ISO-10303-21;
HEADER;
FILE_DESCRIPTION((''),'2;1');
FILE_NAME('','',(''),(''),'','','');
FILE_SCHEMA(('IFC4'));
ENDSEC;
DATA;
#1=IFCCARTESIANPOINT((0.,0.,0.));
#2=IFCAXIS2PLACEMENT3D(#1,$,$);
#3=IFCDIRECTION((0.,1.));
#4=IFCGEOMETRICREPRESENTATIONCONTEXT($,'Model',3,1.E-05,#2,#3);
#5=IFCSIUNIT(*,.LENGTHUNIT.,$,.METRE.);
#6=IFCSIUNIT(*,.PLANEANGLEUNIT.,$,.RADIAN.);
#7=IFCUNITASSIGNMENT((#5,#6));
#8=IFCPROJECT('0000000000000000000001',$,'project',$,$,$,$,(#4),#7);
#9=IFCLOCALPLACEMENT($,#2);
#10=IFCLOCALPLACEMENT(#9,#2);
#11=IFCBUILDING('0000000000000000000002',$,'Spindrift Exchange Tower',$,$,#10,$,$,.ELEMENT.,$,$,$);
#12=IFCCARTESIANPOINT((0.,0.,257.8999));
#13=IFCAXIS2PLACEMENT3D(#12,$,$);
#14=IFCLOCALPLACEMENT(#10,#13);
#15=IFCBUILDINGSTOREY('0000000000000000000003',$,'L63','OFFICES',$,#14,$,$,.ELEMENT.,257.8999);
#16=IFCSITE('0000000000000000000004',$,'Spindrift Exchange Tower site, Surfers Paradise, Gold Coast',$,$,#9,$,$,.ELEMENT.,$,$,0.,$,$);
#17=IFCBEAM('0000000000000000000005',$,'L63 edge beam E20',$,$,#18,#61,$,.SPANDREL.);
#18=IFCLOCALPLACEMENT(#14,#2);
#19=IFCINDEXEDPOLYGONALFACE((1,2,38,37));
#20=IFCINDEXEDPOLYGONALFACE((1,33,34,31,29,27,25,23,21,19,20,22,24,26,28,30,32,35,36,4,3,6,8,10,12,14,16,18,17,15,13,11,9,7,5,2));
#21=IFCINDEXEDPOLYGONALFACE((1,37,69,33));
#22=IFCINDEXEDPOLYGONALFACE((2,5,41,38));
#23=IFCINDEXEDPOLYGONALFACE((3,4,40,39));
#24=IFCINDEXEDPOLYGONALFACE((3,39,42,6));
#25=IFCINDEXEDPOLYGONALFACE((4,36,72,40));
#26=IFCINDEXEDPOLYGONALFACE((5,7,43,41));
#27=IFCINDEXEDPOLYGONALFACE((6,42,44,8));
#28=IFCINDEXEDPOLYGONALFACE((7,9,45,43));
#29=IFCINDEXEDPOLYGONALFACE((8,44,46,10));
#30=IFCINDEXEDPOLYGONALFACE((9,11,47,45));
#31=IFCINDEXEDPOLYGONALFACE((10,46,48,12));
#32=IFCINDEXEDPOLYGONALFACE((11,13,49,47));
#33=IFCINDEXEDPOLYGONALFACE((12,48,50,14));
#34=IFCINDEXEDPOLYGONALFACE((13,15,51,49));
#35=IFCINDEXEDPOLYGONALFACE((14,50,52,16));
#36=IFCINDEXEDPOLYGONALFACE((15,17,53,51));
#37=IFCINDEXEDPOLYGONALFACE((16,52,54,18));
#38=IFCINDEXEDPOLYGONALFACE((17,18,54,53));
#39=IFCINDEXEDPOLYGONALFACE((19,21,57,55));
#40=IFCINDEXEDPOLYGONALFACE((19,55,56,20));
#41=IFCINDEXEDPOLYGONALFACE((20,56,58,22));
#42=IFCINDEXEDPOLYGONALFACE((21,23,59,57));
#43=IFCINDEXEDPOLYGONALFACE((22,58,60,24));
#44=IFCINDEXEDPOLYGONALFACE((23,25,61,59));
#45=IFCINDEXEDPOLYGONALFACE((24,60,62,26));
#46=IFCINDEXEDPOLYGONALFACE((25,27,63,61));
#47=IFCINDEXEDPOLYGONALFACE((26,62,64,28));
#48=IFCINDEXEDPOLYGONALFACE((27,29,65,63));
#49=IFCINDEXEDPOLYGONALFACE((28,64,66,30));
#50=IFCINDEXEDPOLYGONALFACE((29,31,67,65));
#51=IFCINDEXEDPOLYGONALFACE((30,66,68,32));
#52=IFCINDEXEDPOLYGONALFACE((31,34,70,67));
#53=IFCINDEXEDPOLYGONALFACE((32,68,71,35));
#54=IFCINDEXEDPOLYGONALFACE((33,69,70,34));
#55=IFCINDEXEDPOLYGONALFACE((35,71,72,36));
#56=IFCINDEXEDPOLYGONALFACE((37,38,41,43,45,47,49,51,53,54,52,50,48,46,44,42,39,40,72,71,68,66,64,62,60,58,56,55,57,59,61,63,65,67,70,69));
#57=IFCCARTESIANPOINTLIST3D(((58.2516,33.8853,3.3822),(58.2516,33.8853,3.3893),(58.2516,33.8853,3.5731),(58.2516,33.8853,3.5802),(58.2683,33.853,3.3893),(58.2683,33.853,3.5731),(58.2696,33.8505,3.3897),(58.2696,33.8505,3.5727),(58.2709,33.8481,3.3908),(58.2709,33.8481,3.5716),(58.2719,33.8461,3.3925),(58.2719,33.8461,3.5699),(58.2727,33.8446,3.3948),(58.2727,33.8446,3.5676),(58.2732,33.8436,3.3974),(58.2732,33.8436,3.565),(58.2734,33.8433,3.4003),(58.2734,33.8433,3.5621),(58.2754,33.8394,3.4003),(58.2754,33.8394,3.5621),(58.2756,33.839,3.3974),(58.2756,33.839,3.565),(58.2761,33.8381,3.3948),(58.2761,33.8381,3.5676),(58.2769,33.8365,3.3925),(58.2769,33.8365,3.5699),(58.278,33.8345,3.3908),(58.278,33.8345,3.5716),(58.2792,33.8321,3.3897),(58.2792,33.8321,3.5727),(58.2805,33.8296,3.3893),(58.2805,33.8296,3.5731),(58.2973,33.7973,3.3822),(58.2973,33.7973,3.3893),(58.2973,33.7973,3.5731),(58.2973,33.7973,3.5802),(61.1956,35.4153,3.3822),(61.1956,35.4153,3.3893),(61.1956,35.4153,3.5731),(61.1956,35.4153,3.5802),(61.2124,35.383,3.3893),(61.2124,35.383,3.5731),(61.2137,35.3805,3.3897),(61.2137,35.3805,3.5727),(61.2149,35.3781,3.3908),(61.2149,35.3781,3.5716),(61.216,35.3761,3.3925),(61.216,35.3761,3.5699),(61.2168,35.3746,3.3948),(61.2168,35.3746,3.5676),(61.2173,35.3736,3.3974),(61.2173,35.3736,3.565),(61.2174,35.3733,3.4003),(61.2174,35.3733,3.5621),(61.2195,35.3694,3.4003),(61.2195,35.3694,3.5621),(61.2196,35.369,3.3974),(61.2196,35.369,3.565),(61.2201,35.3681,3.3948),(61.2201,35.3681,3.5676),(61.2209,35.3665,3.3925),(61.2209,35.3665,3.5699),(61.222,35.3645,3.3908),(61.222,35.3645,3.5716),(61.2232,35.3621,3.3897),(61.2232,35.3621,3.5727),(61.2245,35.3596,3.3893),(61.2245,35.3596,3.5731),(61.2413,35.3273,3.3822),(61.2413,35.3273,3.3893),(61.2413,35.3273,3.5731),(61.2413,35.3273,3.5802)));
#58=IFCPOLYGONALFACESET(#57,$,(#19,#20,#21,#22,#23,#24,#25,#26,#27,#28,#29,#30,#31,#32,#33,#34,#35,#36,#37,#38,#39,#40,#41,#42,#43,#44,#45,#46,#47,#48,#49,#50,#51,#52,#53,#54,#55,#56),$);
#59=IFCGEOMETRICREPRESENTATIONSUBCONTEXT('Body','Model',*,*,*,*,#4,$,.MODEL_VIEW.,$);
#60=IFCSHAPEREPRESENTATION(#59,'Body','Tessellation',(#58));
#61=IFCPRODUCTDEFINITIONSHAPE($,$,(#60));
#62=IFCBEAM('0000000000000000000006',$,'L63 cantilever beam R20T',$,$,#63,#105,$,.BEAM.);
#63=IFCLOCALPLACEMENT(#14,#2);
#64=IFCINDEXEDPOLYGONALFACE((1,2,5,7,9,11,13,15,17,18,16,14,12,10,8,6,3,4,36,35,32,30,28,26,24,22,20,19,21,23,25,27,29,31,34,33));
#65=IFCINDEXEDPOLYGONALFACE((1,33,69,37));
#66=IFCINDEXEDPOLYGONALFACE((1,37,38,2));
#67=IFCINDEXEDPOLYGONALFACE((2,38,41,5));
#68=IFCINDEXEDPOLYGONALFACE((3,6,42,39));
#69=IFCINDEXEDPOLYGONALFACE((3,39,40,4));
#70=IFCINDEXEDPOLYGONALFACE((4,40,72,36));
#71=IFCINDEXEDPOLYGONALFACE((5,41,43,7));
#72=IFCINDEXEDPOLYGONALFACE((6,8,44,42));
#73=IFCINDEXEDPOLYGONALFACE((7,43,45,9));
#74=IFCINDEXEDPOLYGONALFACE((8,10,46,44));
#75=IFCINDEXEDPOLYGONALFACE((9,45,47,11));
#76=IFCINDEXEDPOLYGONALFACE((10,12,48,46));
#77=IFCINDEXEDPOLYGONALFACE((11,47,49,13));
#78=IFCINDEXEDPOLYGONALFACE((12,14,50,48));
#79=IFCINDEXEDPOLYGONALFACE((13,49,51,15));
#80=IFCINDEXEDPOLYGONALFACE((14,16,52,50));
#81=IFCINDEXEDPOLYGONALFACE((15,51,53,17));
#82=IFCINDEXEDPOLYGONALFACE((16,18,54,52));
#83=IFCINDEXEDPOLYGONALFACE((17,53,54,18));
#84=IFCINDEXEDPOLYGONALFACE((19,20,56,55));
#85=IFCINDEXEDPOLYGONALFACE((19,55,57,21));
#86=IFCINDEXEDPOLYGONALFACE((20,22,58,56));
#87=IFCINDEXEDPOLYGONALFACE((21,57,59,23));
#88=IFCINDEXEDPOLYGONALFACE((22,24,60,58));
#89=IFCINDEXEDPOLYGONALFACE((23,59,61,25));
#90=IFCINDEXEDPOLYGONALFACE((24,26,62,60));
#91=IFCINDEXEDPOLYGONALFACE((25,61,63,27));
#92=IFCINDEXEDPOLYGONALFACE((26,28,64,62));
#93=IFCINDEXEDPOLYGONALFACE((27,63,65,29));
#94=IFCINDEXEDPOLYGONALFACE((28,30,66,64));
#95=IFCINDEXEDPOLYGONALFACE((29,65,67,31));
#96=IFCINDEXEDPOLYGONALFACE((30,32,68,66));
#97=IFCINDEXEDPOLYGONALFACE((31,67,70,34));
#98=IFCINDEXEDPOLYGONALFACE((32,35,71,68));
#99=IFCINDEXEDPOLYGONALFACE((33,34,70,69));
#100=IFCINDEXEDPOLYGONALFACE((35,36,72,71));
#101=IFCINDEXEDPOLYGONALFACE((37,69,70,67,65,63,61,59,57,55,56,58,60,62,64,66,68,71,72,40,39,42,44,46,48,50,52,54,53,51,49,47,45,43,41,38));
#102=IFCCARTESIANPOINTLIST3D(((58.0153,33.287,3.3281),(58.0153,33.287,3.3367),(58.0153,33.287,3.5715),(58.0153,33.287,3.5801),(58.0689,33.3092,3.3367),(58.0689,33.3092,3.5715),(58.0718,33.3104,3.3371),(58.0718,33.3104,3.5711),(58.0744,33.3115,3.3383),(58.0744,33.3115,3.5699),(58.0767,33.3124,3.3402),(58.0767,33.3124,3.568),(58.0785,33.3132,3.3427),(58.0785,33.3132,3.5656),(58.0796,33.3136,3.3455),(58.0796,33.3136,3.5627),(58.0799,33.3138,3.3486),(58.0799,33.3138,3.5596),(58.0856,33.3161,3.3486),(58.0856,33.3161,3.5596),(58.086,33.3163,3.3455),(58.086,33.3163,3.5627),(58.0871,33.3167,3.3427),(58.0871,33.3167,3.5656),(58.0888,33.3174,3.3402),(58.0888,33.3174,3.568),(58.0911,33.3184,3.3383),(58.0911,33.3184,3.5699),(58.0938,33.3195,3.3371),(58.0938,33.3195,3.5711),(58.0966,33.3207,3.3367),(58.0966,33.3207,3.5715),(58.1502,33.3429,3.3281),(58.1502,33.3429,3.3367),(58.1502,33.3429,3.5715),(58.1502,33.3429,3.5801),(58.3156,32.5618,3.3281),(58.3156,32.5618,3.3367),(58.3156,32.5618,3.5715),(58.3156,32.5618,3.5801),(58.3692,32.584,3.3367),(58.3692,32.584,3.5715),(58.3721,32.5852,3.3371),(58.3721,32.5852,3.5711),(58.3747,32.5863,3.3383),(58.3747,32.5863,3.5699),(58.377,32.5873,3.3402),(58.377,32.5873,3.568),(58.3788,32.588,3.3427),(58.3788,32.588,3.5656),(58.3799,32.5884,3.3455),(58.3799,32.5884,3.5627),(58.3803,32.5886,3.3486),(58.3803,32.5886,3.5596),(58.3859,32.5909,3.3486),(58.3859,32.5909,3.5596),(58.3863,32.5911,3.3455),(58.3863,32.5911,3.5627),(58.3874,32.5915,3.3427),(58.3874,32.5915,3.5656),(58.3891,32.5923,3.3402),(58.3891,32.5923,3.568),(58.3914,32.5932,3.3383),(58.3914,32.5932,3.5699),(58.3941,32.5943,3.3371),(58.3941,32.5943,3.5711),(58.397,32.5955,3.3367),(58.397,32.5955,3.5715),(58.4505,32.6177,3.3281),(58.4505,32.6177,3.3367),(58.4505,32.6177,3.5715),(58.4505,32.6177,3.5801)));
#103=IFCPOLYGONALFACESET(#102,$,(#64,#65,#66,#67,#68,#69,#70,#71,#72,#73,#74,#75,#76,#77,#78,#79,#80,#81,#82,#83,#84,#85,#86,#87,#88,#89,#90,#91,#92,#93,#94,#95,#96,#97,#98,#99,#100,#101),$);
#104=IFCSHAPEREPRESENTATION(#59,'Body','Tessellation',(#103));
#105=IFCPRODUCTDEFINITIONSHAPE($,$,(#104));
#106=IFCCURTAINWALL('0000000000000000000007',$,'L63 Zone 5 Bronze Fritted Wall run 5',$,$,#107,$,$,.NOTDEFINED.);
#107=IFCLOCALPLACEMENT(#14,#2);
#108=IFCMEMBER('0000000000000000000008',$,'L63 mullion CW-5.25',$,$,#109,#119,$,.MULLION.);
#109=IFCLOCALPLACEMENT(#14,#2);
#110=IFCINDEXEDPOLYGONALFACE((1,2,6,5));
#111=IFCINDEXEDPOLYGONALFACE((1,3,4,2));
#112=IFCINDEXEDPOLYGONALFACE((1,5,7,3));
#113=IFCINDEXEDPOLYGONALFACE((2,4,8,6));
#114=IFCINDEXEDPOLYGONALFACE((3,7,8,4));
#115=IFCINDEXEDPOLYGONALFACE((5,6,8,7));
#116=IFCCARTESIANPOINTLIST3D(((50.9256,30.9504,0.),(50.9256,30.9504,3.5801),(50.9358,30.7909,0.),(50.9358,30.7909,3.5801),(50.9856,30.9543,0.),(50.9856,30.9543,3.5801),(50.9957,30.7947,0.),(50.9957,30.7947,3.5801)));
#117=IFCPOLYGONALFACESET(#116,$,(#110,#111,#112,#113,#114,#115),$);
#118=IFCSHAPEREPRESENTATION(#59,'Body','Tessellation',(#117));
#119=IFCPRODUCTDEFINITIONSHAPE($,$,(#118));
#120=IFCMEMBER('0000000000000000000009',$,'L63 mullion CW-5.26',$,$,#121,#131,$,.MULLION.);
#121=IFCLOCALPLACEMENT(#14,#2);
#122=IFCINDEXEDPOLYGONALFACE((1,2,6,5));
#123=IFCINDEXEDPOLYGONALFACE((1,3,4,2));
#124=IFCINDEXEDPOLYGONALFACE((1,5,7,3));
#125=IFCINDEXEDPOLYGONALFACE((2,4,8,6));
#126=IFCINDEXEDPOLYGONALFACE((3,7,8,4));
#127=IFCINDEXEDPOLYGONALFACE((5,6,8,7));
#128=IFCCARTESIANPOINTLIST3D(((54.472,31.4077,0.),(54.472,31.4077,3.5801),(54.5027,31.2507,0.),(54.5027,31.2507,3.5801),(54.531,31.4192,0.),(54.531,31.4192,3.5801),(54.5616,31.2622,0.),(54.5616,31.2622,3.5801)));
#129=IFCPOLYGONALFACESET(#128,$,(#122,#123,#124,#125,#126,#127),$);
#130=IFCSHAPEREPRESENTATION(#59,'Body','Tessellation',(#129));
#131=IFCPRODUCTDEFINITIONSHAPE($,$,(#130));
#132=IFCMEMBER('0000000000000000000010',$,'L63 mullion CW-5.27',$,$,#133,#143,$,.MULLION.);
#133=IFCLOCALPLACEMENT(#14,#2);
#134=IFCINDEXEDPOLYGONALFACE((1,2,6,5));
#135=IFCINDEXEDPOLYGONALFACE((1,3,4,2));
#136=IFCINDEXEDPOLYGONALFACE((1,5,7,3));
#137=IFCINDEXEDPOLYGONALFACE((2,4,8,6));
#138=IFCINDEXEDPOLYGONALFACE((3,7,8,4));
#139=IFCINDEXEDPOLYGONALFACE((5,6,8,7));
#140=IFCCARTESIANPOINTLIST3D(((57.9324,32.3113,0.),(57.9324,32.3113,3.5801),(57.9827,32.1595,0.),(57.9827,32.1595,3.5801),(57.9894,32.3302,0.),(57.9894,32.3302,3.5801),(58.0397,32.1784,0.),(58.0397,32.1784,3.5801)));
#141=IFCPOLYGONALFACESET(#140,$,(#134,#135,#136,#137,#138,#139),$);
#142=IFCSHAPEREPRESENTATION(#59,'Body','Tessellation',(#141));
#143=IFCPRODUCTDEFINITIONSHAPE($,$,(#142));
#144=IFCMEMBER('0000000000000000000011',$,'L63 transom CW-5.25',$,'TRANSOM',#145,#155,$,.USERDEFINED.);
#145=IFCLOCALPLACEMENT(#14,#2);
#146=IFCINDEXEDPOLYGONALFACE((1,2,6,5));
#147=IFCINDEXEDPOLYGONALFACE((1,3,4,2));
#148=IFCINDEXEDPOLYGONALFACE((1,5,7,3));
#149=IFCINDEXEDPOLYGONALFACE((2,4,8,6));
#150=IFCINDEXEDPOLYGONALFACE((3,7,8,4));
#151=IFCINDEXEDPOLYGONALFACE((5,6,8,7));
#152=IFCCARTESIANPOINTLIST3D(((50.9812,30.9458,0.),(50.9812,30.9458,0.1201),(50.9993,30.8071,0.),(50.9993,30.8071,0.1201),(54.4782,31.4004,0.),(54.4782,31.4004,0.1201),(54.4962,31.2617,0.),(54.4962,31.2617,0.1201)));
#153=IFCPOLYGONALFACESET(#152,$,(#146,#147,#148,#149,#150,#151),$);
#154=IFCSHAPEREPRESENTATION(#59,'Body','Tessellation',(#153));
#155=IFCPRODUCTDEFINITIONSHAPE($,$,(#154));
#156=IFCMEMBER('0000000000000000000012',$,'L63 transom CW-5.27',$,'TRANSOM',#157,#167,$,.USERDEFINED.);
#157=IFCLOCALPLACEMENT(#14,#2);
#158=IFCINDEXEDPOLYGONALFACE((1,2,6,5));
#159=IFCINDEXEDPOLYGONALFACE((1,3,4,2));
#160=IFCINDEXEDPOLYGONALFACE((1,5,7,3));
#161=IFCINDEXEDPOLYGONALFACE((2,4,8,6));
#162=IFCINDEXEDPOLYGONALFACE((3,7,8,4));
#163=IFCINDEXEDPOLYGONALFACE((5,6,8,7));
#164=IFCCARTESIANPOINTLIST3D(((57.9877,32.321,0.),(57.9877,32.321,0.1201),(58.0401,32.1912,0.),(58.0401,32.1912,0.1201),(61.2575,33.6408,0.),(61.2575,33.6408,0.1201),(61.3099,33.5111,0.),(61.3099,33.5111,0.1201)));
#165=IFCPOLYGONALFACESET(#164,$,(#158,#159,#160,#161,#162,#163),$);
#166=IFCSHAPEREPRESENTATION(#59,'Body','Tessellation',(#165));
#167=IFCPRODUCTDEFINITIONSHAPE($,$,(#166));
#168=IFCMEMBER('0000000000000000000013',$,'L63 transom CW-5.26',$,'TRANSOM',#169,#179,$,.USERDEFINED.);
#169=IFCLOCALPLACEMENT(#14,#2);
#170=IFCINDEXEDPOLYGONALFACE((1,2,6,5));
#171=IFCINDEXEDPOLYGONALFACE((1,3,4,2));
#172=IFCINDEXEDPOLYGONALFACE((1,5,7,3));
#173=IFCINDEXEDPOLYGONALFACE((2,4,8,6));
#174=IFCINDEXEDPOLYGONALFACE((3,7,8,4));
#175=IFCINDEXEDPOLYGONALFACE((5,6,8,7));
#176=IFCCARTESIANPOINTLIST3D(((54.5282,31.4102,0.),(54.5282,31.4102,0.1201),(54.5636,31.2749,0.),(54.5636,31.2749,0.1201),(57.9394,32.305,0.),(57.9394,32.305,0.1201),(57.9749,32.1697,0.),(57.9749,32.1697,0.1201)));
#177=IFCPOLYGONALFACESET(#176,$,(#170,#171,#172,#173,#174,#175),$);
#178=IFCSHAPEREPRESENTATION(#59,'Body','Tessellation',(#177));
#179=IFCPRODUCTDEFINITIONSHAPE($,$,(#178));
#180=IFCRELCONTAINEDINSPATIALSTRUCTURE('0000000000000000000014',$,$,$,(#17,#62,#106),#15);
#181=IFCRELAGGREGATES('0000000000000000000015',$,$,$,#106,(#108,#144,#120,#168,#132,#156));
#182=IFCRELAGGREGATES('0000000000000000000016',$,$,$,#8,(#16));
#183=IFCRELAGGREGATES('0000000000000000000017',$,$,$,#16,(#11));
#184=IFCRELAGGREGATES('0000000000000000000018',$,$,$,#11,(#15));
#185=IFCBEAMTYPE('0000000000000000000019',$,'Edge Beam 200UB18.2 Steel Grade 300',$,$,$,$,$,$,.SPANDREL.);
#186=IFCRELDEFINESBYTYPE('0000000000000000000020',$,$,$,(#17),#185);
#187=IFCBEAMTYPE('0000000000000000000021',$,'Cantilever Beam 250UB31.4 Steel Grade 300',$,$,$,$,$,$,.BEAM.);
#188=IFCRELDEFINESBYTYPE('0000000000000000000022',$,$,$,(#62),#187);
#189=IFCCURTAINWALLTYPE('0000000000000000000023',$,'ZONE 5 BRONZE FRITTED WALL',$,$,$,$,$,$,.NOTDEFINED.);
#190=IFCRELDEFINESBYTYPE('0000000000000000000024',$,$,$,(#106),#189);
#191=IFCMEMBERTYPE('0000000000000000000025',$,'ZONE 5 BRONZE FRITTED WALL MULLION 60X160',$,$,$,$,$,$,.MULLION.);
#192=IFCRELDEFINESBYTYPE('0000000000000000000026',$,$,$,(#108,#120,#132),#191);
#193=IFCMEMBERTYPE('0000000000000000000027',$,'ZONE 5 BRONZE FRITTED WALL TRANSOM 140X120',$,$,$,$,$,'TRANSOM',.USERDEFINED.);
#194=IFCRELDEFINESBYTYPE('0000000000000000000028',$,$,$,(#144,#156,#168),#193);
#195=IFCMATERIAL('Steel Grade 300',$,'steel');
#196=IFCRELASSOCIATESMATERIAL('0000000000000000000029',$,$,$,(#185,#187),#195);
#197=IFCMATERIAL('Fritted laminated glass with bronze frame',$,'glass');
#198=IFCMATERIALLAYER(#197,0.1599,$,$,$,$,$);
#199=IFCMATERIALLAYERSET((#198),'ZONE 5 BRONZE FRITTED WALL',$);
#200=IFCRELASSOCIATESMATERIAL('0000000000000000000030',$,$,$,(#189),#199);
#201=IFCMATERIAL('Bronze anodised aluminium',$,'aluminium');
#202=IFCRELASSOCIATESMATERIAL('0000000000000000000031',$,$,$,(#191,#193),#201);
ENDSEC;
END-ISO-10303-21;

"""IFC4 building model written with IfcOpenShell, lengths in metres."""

from ifc_helpers import new_model, si_unit, direction, frame, origin, origin_2d, place, context, subcontext, project, spatial, rectangle, i_section, extrude, source, transform, mapped, material, layer, layer_set, material_profile, profile_set, type_object, element, aggregate, save


model = new_model("IFC4")

# Units and contexts
model_context = context("Model", 3, precision=1e-05, world=origin(), true_north=direction((0.0, 1.0)))
body_context = subcontext(model_context, "Body", "Model", "MODEL_VIEW")
ifc_project = project(units=[si_unit("LENGTHUNIT", "METRE"), si_unit("PLANEANGLEUNIT", "RADIAN")], contexts=[model_context])

# Site, building, storey
site_placement = place(None, origin())
site = spatial("IfcSite", under=ifc_project, at=site_placement, Name="Spindrift Exchange Tower site, Surfers Paradise, Gold Coast", CompositionType="ELEMENT", RefElevation=0.0)
building_placement = place(site_placement, origin())
building = spatial("IfcBuilding", under=site, at=building_placement, Name="Spindrift Exchange Tower", CompositionType="ELEMENT")
storey_placement = place(building_placement, frame((0.0, 0.0, 257.8999)))
storey = spatial("IfcBuildingStorey", under=building, at=storey_placement, Name="L63", Description="OFFICES", CompositionType="ELEMENT", Elevation=257.8999)

# Beams
ifc_material_1 = material(Name="Steel Grade 300", Category="steel")
ifc_material_profile_1 = material_profile(ifc_material_1, i_section(OverallWidth=0.0991, OverallDepth=0.198, WebThickness=0.0044, FlangeThickness=0.0071, FilletRadius=0.011, at=origin_2d()), Name="200UB18.2")
ifc_profile_set_1 = profile_set([ifc_material_profile_1], Name="Steel Grade 300")
beam_type_1 = type_object("IfcBeamType", Name="Edge Beam 200UB18.2 Steel Grade 300", PredefinedType="SPANDREL", material=ifc_profile_set_1)
shared_shape_1 = source(origin(), body_context, "Body", "SweptSolid", [
    extrude(i_section(OverallWidth=0.0991, OverallDepth=0.198, WebThickness=0.0044, FlangeThickness=0.0071, FilletRadius=0.011, at=origin_2d()), origin(), (0.0, 0.0, 1.0), 3.3179),
])
beam_1_placement = place(storey_placement, frame((58.2744, 33.8413, 3.4812), z_axis=(0.887328, 0.46114, 0.0), x_axis=(-0.46114, 0.887328, 0.0)))
element("IfcBeam", 1, at=beam_1_placement, inside=storey, type_object=beam_type_1, Name="L63 edge beam E20", PredefinedType="SPANDREL", context=body_context, shape_type="MappedRepresentation", body=[
    mapped(shared_shape_1, transform((0.0, 0.0, 0.0), scale=1.0)),
])
ifc_material_profile_2 = material_profile(ifc_material_1, i_section(OverallWidth=0.146, OverallDepth=0.252, WebThickness=0.0061, FlangeThickness=0.0085, FilletRadius=0.012, at=origin_2d()), Name="250UB31.4")
ifc_profile_set_2 = profile_set([ifc_material_profile_2], Name="Steel Grade 300")
beam_type_2 = type_object("IfcBeamType", Name="Cantilever Beam 250UB31.4 Steel Grade 300", PredefinedType="BEAM", material=ifc_profile_set_2)
shared_shape_2 = source(origin(), body_context, "Body", "SweptSolid", [
    extrude(i_section(OverallWidth=0.146, OverallDepth=0.252, WebThickness=0.0061, FlangeThickness=0.0085, FilletRadius=0.012, at=origin_2d()), origin(), (0.0, 0.0, 1.0), 0.7849),
])
beam_2_placement = place(storey_placement, frame((58.0828, 33.3149, 3.4541), z_axis=(0.382627, -0.923903, 0.0), x_axis=(0.923903, 0.382627, 0.0)))
element("IfcBeam", 2, at=beam_2_placement, inside=storey, type_object=beam_type_2, Name="L63 cantilever beam R20T", PredefinedType="BEAM", context=body_context, shape_type="MappedRepresentation", body=[
    mapped(shared_shape_2, transform((0.0, 0.0, 0.0), scale=1.0)),
])

# Curtain wall, members
ifc_material_2 = material(Name="Fritted laminated glass with bronze frame", Category="glass")
ifc_layer_1 = layer(ifc_material_2, 0.1599)
ifc_layer_set_1 = layer_set([ifc_layer_1], Name="ZONE 5 BRONZE FRITTED WALL")
curtain_wall_type = type_object("IfcCurtainWallType", Name="ZONE 5 BRONZE FRITTED WALL", PredefinedType="NOTDEFINED", material=ifc_layer_set_1)
curtain_wall_placement = place(storey_placement, origin())
curtain_wall = element("IfcCurtainWall", 3, at=curtain_wall_placement, inside=storey, type_object=curtain_wall_type, Name="L63 Zone 5 Bronze Fritted Wall run 5", PredefinedType="NOTDEFINED")
ifc_material_3 = material(Name="Bronze anodised aluminium", Category="aluminium")
ifc_material_profile_3 = material_profile(ifc_material_3, rectangle(XDim=0.0601, YDim=0.1599, at=origin_2d()), Name="ZONE 5 BRONZE FRITTED WALL MULLION 60X160")
ifc_profile_set_3 = profile_set([ifc_material_profile_3], Name="Bronze anodised aluminium")
member_type_1 = type_object("IfcMemberType", Name="ZONE 5 BRONZE FRITTED WALL MULLION 60X160", PredefinedType="MULLION", material=ifc_profile_set_3)
shared_shape_3 = source(origin(), body_context, "Body", "SweptSolid", [
    extrude(rectangle(XDim=0.0601, YDim=0.1599, at=origin_2d()), origin(), (0.0, 0.0, 1.0), 3.5801),
])
member_1_placement = place(storey_placement, frame((50.9607, 30.8726, 0.0), z_axis=(0.0, 0.0, 1.0), x_axis=(0.997978, 0.06356, 0.0)))
member_1 = element("IfcMember", 4, at=member_1_placement, type_object=member_type_1, Name="L63 mullion CW-5.25", PredefinedType="MULLION", context=body_context, shape_type="MappedRepresentation", body=[
    mapped(shared_shape_3, transform((0.0, 0.0, 0.0), scale=1.0)),
])
member_2_placement = place(storey_placement, frame((54.5168, 31.335, 0.0), z_axis=(0.0, 0.0, 1.0), x_axis=(0.981452, 0.191709, 0.0)))
member_2 = element("IfcMember", 5, at=member_2_placement, type_object=member_type_1, Name="L63 mullion CW-5.26", PredefinedType="MULLION", context=body_context, shape_type="MappedRepresentation", body=[
    mapped(shared_shape_3, transform((0.0, 0.0, 0.0), scale=1.0)),
])
member_3_placement = place(storey_placement, frame((57.9861, 32.2449, 0.0), z_axis=(0.0, 0.0, 1.0), x_axis=(0.949212, 0.314636, 0.0)))
member_3 = element("IfcMember", 6, at=member_3_placement, type_object=member_type_1, Name="L63 mullion CW-5.27", PredefinedType="MULLION", context=body_context, shape_type="MappedRepresentation", body=[
    mapped(shared_shape_3, transform((0.0, 0.0, 0.0), scale=1.0)),
])
ifc_material_profile_4 = material_profile(ifc_material_3, rectangle(XDim=0.1399, YDim=0.1201, at=origin_2d()), Name="ZONE 5 BRONZE FRITTED WALL TRANSOM 140X120")
ifc_profile_set_4 = profile_set([ifc_material_profile_4], Name="Bronze anodised aluminium")
member_type_2 = type_object("IfcMemberType", Name="ZONE 5 BRONZE FRITTED WALL TRANSOM 140X120", ElementType="TRANSOM", PredefinedType="USERDEFINED", material=ifc_profile_set_4)
shared_shape_4 = source(origin(), body_context, "Body", "SweptSolid", [
    extrude(rectangle(XDim=0.1399, YDim=0.1201, at=origin_2d()), origin(), (0.0, 0.0, 1.0), 3.5264),
])
member_4_placement = place(storey_placement, frame((50.9902, 30.8765, 0.0601), z_axis=(0.991656, 0.128916, 0.0), x_axis=(-0.128916, 0.991656, 0.0)))
member_4 = element("IfcMember", 7, at=member_4_placement, type_object=member_type_2, Name="L63 transom CW-5.25", ObjectType="TRANSOM", PredefinedType="USERDEFINED", context=body_context, shape_type="MappedRepresentation", body=[
    mapped(shared_shape_4, transform((0.0, 0.0, 0.0), scale=1.0)),
])
shared_shape_5 = source(origin(), body_context, "Body", "SweptSolid", [
    extrude(rectangle(XDim=0.1399, YDim=0.1201, at=origin_2d()), origin(), (0.0, 0.0, 1.0), 3.5261),
])
member_5_placement = place(storey_placement, frame((58.0139, 32.2561, 0.0601), z_axis=(0.927307, 0.374302, 0.0), x_axis=(-0.374302, 0.927307, 0.0)))
member_5 = element("IfcMember", 8, at=member_5_placement, type_object=member_type_2, Name="L63 transom CW-5.27", ObjectType="TRANSOM", PredefinedType="USERDEFINED", context=body_context, shape_type="MappedRepresentation", body=[
    mapped(shared_shape_5, transform((0.0, 0.0, 0.0), scale=1.0)),
])
shared_shape_6 = source(origin(), body_context, "Body", "SweptSolid", [
    extrude(rectangle(XDim=0.1399, YDim=0.1201, at=origin_2d()), origin(), (0.0, 0.0, 1.0), 3.5266),
])
member_6_placement = place(storey_placement, frame((54.5459, 31.3425, 0.0601), z_axis=(0.967276, 0.253726, 0.0), x_axis=(-0.253726, 0.967276, 0.0)))
member_6 = element("IfcMember", 9, at=member_6_placement, type_object=member_type_2, Name="L63 transom CW-5.26", ObjectType="TRANSOM", PredefinedType="USERDEFINED", context=body_context, shape_type="MappedRepresentation", body=[
    mapped(shared_shape_6, transform((0.0, 0.0, 0.0), scale=1.0)),
])
aggregate(curtain_wall, [member_1, member_4, member_2, member_6, member_3, member_5])

save(model, "model.ifc")
